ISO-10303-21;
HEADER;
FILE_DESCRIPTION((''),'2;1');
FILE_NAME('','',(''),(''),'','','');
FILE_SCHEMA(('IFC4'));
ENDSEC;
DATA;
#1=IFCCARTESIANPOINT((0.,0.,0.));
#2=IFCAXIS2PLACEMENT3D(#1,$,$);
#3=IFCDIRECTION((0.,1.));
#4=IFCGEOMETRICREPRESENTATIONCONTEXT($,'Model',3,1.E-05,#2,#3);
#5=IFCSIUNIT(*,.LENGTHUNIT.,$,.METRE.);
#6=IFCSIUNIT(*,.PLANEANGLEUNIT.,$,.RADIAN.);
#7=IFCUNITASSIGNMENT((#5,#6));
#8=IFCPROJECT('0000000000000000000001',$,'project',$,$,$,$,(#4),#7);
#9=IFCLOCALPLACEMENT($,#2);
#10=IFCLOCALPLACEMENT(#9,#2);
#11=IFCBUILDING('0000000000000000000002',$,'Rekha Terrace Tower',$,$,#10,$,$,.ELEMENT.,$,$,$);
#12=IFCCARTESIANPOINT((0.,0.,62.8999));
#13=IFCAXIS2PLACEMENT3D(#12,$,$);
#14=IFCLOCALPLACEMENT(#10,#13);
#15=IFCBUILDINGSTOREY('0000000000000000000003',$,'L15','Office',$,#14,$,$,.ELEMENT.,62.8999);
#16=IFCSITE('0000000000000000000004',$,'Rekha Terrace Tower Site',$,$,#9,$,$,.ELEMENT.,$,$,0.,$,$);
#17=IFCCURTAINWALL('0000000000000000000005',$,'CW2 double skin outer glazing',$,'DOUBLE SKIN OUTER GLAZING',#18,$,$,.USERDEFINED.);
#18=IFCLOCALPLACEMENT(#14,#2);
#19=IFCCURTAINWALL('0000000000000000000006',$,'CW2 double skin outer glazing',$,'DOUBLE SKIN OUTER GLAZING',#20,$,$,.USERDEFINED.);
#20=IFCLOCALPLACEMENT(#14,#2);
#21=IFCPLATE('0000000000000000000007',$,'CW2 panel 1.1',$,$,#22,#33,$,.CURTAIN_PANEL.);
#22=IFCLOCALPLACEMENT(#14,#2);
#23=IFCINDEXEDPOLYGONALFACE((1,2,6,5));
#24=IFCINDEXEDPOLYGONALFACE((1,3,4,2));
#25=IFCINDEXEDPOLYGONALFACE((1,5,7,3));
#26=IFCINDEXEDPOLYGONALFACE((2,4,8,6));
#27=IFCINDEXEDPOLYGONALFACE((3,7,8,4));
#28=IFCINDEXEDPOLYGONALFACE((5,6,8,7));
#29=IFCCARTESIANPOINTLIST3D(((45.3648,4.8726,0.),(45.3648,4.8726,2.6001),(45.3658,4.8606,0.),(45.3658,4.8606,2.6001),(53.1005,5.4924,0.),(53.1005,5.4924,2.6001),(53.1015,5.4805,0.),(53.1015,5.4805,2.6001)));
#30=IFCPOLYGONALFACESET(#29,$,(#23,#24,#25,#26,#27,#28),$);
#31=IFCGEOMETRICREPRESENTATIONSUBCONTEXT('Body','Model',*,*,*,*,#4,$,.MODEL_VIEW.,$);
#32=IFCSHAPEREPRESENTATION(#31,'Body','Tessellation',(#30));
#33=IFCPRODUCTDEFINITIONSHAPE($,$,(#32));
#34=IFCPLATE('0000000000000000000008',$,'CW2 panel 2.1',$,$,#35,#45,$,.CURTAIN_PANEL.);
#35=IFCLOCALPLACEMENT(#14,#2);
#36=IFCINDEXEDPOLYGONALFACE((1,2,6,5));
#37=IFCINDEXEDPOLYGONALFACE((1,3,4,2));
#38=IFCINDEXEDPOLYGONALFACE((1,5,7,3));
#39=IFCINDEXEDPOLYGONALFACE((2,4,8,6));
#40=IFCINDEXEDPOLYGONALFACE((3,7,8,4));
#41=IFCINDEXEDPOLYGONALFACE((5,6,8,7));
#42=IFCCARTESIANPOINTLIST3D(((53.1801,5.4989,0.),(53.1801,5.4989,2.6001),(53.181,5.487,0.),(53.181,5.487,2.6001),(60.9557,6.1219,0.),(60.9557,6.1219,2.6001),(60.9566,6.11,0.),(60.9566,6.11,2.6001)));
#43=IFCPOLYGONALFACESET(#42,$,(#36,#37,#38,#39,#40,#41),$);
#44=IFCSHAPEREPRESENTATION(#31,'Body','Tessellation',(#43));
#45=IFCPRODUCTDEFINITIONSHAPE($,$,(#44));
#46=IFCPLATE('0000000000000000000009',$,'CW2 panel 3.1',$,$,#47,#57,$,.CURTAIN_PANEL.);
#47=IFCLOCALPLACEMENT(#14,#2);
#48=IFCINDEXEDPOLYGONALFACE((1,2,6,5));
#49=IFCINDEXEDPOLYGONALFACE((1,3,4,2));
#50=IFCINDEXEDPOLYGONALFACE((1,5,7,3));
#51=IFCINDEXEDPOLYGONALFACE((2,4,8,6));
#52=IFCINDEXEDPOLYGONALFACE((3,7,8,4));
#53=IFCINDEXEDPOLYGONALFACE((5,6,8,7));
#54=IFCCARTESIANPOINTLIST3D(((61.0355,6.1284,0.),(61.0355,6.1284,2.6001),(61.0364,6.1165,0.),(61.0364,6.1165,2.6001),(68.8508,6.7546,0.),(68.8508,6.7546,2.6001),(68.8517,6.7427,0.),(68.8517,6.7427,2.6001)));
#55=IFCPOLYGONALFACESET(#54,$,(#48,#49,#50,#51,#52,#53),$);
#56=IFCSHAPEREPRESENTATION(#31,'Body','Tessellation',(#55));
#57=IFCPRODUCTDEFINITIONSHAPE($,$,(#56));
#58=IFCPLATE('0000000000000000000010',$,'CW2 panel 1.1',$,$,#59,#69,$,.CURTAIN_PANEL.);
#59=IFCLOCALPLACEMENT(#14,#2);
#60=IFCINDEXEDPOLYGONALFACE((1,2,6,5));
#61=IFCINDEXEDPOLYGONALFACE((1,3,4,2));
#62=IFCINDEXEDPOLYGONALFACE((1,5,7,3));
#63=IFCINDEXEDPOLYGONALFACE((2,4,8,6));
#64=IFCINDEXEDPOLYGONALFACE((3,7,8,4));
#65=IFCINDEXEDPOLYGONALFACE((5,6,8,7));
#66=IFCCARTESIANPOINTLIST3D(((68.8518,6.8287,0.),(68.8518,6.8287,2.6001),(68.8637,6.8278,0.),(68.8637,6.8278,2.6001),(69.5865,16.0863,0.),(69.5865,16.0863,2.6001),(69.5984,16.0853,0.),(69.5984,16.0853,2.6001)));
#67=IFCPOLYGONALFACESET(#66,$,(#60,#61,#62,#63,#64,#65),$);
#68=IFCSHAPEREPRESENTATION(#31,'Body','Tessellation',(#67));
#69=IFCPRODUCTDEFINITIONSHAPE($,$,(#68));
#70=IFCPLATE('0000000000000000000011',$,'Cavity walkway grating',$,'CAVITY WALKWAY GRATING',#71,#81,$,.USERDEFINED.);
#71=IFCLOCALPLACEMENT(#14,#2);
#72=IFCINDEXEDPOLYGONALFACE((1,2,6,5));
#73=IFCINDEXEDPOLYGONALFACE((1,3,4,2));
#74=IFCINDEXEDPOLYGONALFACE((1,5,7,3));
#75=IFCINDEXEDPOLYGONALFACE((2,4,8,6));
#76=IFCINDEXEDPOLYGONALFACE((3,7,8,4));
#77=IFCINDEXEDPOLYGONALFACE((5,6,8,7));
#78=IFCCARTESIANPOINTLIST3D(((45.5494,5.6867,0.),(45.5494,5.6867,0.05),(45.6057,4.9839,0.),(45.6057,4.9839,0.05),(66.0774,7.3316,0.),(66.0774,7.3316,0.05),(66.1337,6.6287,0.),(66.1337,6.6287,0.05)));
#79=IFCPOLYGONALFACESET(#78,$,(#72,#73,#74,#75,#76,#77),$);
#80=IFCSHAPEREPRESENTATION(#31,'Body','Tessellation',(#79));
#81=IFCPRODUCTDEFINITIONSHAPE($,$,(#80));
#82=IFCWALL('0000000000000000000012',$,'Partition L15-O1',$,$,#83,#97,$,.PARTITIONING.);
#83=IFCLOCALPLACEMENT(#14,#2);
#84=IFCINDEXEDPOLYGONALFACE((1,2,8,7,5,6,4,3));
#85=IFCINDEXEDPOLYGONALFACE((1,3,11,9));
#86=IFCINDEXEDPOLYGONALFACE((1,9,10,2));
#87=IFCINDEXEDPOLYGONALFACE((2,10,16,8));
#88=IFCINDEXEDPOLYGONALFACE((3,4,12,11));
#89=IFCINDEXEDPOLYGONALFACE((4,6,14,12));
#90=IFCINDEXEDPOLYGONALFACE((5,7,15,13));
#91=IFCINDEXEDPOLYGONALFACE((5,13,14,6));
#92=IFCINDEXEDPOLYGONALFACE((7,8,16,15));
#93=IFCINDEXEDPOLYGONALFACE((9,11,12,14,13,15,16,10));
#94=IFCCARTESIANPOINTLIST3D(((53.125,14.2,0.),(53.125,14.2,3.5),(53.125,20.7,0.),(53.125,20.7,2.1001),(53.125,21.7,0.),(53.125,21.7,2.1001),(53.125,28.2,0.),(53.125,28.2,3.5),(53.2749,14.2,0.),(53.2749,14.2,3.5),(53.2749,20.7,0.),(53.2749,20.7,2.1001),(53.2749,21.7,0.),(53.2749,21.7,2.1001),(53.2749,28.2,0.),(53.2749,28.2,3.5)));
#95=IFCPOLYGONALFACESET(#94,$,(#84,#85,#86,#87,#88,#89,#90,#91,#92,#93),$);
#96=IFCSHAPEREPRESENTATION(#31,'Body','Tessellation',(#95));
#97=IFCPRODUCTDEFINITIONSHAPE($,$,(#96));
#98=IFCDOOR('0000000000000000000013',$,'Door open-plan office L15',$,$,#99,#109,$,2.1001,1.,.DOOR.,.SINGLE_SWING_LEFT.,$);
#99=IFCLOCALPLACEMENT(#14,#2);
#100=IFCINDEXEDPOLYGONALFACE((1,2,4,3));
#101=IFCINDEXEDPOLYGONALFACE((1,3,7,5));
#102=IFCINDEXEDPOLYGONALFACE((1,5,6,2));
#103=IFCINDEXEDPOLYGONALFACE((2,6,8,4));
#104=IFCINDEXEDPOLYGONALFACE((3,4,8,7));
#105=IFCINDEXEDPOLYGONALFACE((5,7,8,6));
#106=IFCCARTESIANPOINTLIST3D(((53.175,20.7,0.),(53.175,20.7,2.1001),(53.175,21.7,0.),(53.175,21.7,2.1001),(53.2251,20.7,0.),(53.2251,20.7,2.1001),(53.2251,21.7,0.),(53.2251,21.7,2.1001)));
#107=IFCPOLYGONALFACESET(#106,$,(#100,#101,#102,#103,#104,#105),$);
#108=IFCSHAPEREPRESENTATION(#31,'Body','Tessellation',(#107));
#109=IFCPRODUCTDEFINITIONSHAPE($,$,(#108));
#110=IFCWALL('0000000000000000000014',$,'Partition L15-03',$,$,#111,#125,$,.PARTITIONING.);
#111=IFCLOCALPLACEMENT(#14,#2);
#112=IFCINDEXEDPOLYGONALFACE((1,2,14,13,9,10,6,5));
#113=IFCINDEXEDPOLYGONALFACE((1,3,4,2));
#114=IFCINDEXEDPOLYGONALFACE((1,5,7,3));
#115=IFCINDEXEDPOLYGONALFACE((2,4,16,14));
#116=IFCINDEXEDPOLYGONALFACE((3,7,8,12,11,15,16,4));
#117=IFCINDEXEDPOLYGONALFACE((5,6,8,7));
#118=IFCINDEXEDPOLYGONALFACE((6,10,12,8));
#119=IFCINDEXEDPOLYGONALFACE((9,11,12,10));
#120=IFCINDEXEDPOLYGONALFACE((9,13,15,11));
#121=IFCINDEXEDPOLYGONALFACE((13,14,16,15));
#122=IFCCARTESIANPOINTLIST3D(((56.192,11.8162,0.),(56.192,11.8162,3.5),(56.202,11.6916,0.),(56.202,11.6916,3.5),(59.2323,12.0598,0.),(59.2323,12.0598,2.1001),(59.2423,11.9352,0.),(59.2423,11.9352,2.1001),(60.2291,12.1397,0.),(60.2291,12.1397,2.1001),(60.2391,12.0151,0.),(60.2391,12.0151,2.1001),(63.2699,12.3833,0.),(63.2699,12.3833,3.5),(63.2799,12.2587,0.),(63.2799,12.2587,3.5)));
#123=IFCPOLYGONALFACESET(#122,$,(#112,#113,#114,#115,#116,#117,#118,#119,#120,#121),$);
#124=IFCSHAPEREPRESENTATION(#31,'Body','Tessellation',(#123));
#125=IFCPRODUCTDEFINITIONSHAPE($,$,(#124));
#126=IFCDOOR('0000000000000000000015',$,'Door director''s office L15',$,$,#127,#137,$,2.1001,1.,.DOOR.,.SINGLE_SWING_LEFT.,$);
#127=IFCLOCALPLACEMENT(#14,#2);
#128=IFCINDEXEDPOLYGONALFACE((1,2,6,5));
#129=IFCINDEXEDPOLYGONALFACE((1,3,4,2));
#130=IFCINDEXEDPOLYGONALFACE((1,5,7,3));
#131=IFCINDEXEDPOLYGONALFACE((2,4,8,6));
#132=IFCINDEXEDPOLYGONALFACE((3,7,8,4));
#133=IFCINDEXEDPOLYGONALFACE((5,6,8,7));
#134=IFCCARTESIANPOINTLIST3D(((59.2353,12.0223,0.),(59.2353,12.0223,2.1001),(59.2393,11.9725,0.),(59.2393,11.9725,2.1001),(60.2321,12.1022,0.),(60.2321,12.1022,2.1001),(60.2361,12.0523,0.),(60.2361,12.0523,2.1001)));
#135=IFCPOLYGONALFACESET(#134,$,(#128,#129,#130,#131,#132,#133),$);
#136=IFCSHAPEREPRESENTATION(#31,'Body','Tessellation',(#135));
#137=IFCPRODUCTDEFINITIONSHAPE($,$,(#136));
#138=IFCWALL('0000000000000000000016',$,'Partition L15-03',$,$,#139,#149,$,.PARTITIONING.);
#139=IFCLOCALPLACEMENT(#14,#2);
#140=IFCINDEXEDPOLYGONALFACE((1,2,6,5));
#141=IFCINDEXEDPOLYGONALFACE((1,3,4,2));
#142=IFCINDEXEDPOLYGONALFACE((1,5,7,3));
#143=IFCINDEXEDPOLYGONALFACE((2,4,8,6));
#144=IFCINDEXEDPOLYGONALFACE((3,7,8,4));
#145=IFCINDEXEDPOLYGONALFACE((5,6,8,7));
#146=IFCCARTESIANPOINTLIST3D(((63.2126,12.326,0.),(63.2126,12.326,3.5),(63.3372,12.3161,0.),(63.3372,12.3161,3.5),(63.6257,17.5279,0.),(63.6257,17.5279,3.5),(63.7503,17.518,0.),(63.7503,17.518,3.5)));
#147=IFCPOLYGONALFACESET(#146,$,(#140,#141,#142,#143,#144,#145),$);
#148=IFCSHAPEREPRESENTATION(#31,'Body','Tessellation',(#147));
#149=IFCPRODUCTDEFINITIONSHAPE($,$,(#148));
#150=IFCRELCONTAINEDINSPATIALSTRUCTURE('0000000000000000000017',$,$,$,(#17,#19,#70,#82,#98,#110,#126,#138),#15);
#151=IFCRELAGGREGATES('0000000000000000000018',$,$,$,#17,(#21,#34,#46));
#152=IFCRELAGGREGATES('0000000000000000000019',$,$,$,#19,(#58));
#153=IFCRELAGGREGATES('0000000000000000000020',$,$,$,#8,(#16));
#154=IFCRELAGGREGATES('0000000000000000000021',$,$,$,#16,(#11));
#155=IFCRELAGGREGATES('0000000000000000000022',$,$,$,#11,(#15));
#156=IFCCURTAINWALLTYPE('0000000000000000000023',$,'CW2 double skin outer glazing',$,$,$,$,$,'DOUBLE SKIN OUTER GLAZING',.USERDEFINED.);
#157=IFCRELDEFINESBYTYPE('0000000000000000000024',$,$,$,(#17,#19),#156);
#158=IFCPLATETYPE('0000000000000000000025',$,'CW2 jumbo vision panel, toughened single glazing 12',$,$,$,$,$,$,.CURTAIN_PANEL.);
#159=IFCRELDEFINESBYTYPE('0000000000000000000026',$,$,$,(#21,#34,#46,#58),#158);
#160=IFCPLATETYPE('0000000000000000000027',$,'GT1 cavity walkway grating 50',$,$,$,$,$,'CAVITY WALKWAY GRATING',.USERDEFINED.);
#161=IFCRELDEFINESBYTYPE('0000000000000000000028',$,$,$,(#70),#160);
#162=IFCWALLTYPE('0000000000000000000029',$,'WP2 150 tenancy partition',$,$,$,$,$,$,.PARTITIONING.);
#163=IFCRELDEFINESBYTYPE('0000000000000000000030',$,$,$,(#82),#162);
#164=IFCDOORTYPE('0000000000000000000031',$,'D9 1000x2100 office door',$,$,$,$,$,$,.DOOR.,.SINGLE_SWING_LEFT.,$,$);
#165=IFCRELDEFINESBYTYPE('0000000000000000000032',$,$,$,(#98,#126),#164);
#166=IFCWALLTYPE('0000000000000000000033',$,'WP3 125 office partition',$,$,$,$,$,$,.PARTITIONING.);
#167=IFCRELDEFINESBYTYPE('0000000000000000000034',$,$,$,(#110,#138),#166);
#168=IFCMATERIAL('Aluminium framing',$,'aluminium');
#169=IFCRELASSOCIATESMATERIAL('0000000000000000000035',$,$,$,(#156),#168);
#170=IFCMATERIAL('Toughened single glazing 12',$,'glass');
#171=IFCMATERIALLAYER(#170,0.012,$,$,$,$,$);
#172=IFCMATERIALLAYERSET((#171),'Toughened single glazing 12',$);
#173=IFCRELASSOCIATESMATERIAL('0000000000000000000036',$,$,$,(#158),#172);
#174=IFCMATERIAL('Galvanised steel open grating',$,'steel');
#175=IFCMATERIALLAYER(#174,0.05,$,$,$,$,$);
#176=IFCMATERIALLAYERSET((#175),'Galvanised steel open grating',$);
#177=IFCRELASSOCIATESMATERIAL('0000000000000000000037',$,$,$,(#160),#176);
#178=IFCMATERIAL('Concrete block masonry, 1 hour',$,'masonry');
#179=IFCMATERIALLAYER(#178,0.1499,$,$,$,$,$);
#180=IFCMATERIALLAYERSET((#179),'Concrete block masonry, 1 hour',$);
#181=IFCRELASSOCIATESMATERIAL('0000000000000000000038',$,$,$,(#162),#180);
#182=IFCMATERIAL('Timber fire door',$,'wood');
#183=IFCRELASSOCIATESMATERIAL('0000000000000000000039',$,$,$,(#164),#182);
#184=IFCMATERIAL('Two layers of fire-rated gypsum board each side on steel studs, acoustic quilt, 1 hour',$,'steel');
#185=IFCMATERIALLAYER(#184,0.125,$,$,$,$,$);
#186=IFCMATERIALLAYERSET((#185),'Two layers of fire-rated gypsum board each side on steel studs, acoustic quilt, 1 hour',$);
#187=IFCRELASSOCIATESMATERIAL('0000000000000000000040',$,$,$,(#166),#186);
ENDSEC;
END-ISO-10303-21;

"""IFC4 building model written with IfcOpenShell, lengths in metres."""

from ifc_helpers import new_model, si_unit, direction, frame, frame_2d, origin, origin_2d, place, context, subcontext, project, spatial, rectangle, extrude, material, layer, layer_set, type_object, element, fill, aggregate, save


model = new_model("IFC4")

# Units and contexts
model_context = context("Model", 3, precision=1e-05, world=origin(), true_north=direction((0.0, 1.0)))
body_context = subcontext(model_context, "Body", "Model", "MODEL_VIEW")
ifc_project = project(units=[si_unit("LENGTHUNIT", "METRE"), si_unit("PLANEANGLEUNIT", "RADIAN")], contexts=[model_context])

# Site, building, storey
site_placement = place(None, origin())
site = spatial("IfcSite", under=ifc_project, at=site_placement, Name="Rekha Terrace Tower Site", CompositionType="ELEMENT", RefElevation=0.0)
building_placement = place(site_placement, origin())
building = spatial("IfcBuilding", under=site, at=building_placement, Name="Rekha Terrace Tower", CompositionType="ELEMENT")
storey_placement = place(building_placement, frame((0.0, 0.0, 62.8999)))
storey = spatial("IfcBuildingStorey", under=building, at=storey_placement, Name="L15", Description="Office", CompositionType="ELEMENT", Elevation=62.8999)

# Curtain wall
ifc_material_1 = material(Name="Aluminium framing", Category="aluminium")
curtain_wall_type_1 = type_object("IfcCurtainWallType", Name="CW2 double skin outer glazing", ElementType="DOUBLE SKIN OUTER GLAZING", PredefinedType="USERDEFINED", material=ifc_material_1)
curtain_wall_1_placement = place(storey_placement, origin())
curtain_wall_1 = element("IfcCurtainWall", 1, at=curtain_wall_1_placement, inside=storey, type_object=curtain_wall_type_1, Name="CW2 double skin outer glazing", ObjectType="DOUBLE SKIN OUTER GLAZING", PredefinedType="USERDEFINED")

# Curtain wall
curtain_wall_2_placement = place(storey_placement, origin())
curtain_wall_2 = element("IfcCurtainWall", 2, at=curtain_wall_2_placement, inside=storey, type_object=curtain_wall_type_1, Name="CW2 double skin outer glazing", ObjectType="DOUBLE SKIN OUTER GLAZING", PredefinedType="USERDEFINED")

# Plates
ifc_material_2 = material(Name="Toughened single glazing 12", Category="glass")
ifc_layer_1 = layer(ifc_material_2, 0.012)
ifc_layer_set_1 = layer_set([ifc_layer_1], Name="Toughened single glazing 12")
plate_type_1 = type_object("IfcPlateType", Name="CW2 jumbo vision panel, toughened single glazing 12", PredefinedType="CURTAIN_PANEL", material=ifc_layer_set_1)
plate_1_placement = place(storey_placement, frame((49.2332, 5.1765, 0.0), z_axis=(0.0, 0.0, 1.0), x_axis=(0.996805, 0.079872, 0.0)))
plate_1 = element("IfcPlate", 3, at=plate_1_placement, type_object=plate_type_1, Name="CW2 panel 1.1", PredefinedType="CURTAIN_PANEL", context=body_context, shape_type="SweptSolid", body=[
    extrude(rectangle(XDim=7.7605, YDim=0.012, at=origin_2d()), origin(), (0.0, 0.0, 1.0), 2.6001),
])
plate_2_placement = place(storey_placement, frame((57.0684, 5.8044, 0.0), z_axis=(0.0, 0.0, 1.0), x_axis=(0.996805, 0.079872, 0.0)))
plate_2 = element("IfcPlate", 4, at=plate_2_placement, type_object=plate_type_1, Name="CW2 panel 2.1", PredefinedType="CURTAIN_PANEL", context=body_context, shape_type="SweptSolid", body=[
    extrude(rectangle(XDim=7.8005, YDim=0.012, at=origin_2d()), origin(), (0.0, 0.0, 1.0), 2.6001),
])
plate_3_placement = place(storey_placement, frame((64.9436, 6.4355, 0.0), z_axis=(0.0, 0.0, 1.0), x_axis=(0.996805, 0.079872, 0.0)))
plate_3 = element("IfcPlate", 5, at=plate_3_placement, type_object=plate_type_1, Name="CW2 panel 3.1", PredefinedType="CURTAIN_PANEL", context=body_context, shape_type="SweptSolid", body=[
    extrude(rectangle(XDim=7.8403, YDim=0.012, at=origin_2d()), origin(), (0.0, 0.0, 1.0), 2.6001),
])
aggregate(curtain_wall_1, [plate_1, plate_2, plate_3])
plate_4_placement = place(storey_placement, frame((69.2251, 11.457, 0.0), z_axis=(0.0, 0.0, 1.0), x_axis=(0.079116, 0.996865, 0.0)))
plate_4 = element("IfcPlate", 6, at=plate_4_placement, type_object=plate_type_1, Name="CW2 panel 1.1", PredefinedType="CURTAIN_PANEL", context=body_context, shape_type="SweptSolid", body=[
    extrude(rectangle(XDim=9.2866, YDim=0.012, at=origin_2d()), origin(), (0.0, 0.0, 1.0), 2.6001),
])
aggregate(curtain_wall_2, [plate_4])
ifc_material_3 = material(Name="Galvanised steel open grating", Category="steel")
ifc_layer_2 = layer(ifc_material_3, 0.05)
ifc_layer_set_2 = layer_set([ifc_layer_2], Name="Galvanised steel open grating")
plate_type_2 = type_object("IfcPlateType", Name="GT1 cavity walkway grating 50", ElementType="CAVITY WALKWAY GRATING", PredefinedType="USERDEFINED", material=ifc_layer_set_2)
plate_5_placement = place(storey_placement, frame((55.8416, 6.1577, 0.0), z_axis=(0.0, 0.0, 1.0), x_axis=(0.996805, 0.079872, 0.0)))
element("IfcPlate", 7, at=plate_5_placement, inside=storey, type_object=plate_type_2, Name="Cavity walkway grating", ObjectType="CAVITY WALKWAY GRATING", PredefinedType="USERDEFINED", context=body_context, shape_type="SweptSolid", body=[
    extrude(rectangle(XDim=20.5938, YDim=0.7051, at=origin_2d()), origin(), (0.0, 0.0, 1.0), 0.05),
])

# Wall, opening, door
ifc_material_4 = material(Name="Concrete block masonry, 1 hour", Category="masonry")
ifc_layer_3 = layer(ifc_material_4, 0.1499)
ifc_layer_set_3 = layer_set([ifc_layer_3], Name="Concrete block masonry, 1 hour")
wall_type_1 = type_object("IfcWallType", Name="WP2 150 tenancy partition", PredefinedType="PARTITIONING", material=ifc_layer_set_3)
wall_1_placement = place(storey_placement, frame((53.2, 14.2, 0.0), z_axis=(0.0, 0.0, 1.0), x_axis=(0.0, 1.0, 0.0)))
wall_1 = element("IfcWall", 8, at=wall_1_placement, inside=storey, type_object=wall_type_1, Name="Partition L15-O1", PredefinedType="PARTITIONING", context=body_context, shape_type="SweptSolid", body=[
    extrude(rectangle(XDim=14.0, YDim=0.1499, at=frame_2d((7.0, 0.0))), origin(), (0.0, 0.0, 1.0), 3.5),
])
opening_1_placement = place(wall_1_placement, frame((6.5, 0.0, 0.0)))
opening_1 = element("IfcOpeningElement", 9, at=opening_1_placement, cuts=wall_1, PredefinedType="OPENING", context=body_context, shape_type="SweptSolid", body=[
    extrude(rectangle(XDim=1.0, YDim=2.1001, at=frame_2d((0.5, 1.05))), frame((0.0, 0.085, 0.0), z_axis=(0.0, -1.0, 0.0), x_axis=(1.0, 0.0, 0.0)), (0.0, 0.0, 1.0), 0.1699),
])
ifc_material_5 = material(Name="Timber fire door", Category="wood")
door_type = type_object("IfcDoorType", Name="D9 1000x2100 office door", OperationType="SINGLE_SWING_LEFT", PredefinedType="DOOR", material=ifc_material_5)
door_1_placement = place(opening_1_placement, origin())
door_1 = element("IfcDoor", 10, at=door_1_placement, inside=storey, type_object=door_type, Name="Door open-plan office L15", OperationType="SINGLE_SWING_LEFT", OverallHeight=2.1001, OverallWidth=1.0, PredefinedType="DOOR", context=body_context, shape_type="SweptSolid", body=[
    extrude(rectangle(XDim=1.0, YDim=2.1001, at=frame_2d((0.5, 1.05))), frame((0.0, 0.0249, 0.0), z_axis=(0.0, -1.0, 0.0), x_axis=(1.0, 0.0, 0.0)), (0.0, 0.0, 1.0), 0.05),
])
fill(opening_1, door_1)

# Shared definitions
ifc_material_6 = material(Name="Two layers of fire-rated gypsum board each side on steel studs, acoustic quilt, 1 hour", Category="steel")
ifc_layer_4 = layer(ifc_material_6, 0.125)
ifc_layer_set_4 = layer_set([ifc_layer_4], Name="Two layers of fire-rated gypsum board each side on steel studs, acoustic quilt, 1 hour")
wall_type_2 = type_object("IfcWallType", Name="WP3 125 office partition", PredefinedType="PARTITIONING", material=ifc_layer_set_4)

# Wall, opening, door
wall_2_placement = place(storey_placement, frame((56.197, 11.7539, 0.0), z_axis=(0.0, 0.0, 1.0), x_axis=(0.996805, 0.079872, 0.0)))
wall_2 = element("IfcWall", 11, at=wall_2_placement, inside=storey, type_object=wall_type_2, Name="Partition L15-03", PredefinedType="PARTITIONING", context=body_context, shape_type="SweptSolid", body=[
    extrude(rectangle(XDim=7.1006, YDim=0.125, at=frame_2d((3.5503, 0.0))), origin(), (0.0, 0.0, 1.0), 3.5),
])
opening_2_placement = place(wall_2_placement, frame((3.05, 0.0, 0.0)))
opening_2 = element("IfcOpeningElement", 12, at=opening_2_placement, cuts=wall_2, PredefinedType="OPENING", context=body_context, shape_type="SweptSolid", body=[
    extrude(rectangle(XDim=1.0, YDim=2.1001, at=frame_2d((0.5, 1.05))), frame((0.0, 0.0725, 0.0), z_axis=(0.0, -1.0, 0.0), x_axis=(1.0, 0.0, 0.0)), (0.0, 0.0, 1.0), 0.145),
])
door_2_placement = place(opening_2_placement, origin())
door_2 = element("IfcDoor", 13, at=door_2_placement, inside=storey, type_object=door_type, Name="Door director's office L15", OperationType="SINGLE_SWING_LEFT", OverallHeight=2.1001, OverallWidth=1.0, PredefinedType="DOOR", context=body_context, shape_type="SweptSolid", body=[
    extrude(rectangle(XDim=1.0, YDim=2.1001, at=frame_2d((0.5, 1.05))), frame((0.0, 0.0249, 0.0), z_axis=(0.0, -1.0, 0.0), x_axis=(1.0, 0.0, 0.0)), (0.0, 0.0, 1.0), 0.05),
])
fill(opening_2, door_2)

# Wall
wall_3_placement = place(storey_placement, frame((63.2749, 12.321, 0.0), z_axis=(0.0, 0.0, 1.0), x_axis=(0.079161, 0.996862, 0.0)))
element("IfcWall", 14, at=wall_3_placement, inside=storey, type_object=wall_type_2, Name="Partition L15-03", PredefinedType="PARTITIONING", context=body_context, shape_type="SweptSolid", body=[
    extrude(rectangle(XDim=5.2183, YDim=0.125, at=frame_2d((2.6091, 0.0))), origin(), (0.0, 0.0, 1.0), 3.5),
])

save(model, "model.ifc")
